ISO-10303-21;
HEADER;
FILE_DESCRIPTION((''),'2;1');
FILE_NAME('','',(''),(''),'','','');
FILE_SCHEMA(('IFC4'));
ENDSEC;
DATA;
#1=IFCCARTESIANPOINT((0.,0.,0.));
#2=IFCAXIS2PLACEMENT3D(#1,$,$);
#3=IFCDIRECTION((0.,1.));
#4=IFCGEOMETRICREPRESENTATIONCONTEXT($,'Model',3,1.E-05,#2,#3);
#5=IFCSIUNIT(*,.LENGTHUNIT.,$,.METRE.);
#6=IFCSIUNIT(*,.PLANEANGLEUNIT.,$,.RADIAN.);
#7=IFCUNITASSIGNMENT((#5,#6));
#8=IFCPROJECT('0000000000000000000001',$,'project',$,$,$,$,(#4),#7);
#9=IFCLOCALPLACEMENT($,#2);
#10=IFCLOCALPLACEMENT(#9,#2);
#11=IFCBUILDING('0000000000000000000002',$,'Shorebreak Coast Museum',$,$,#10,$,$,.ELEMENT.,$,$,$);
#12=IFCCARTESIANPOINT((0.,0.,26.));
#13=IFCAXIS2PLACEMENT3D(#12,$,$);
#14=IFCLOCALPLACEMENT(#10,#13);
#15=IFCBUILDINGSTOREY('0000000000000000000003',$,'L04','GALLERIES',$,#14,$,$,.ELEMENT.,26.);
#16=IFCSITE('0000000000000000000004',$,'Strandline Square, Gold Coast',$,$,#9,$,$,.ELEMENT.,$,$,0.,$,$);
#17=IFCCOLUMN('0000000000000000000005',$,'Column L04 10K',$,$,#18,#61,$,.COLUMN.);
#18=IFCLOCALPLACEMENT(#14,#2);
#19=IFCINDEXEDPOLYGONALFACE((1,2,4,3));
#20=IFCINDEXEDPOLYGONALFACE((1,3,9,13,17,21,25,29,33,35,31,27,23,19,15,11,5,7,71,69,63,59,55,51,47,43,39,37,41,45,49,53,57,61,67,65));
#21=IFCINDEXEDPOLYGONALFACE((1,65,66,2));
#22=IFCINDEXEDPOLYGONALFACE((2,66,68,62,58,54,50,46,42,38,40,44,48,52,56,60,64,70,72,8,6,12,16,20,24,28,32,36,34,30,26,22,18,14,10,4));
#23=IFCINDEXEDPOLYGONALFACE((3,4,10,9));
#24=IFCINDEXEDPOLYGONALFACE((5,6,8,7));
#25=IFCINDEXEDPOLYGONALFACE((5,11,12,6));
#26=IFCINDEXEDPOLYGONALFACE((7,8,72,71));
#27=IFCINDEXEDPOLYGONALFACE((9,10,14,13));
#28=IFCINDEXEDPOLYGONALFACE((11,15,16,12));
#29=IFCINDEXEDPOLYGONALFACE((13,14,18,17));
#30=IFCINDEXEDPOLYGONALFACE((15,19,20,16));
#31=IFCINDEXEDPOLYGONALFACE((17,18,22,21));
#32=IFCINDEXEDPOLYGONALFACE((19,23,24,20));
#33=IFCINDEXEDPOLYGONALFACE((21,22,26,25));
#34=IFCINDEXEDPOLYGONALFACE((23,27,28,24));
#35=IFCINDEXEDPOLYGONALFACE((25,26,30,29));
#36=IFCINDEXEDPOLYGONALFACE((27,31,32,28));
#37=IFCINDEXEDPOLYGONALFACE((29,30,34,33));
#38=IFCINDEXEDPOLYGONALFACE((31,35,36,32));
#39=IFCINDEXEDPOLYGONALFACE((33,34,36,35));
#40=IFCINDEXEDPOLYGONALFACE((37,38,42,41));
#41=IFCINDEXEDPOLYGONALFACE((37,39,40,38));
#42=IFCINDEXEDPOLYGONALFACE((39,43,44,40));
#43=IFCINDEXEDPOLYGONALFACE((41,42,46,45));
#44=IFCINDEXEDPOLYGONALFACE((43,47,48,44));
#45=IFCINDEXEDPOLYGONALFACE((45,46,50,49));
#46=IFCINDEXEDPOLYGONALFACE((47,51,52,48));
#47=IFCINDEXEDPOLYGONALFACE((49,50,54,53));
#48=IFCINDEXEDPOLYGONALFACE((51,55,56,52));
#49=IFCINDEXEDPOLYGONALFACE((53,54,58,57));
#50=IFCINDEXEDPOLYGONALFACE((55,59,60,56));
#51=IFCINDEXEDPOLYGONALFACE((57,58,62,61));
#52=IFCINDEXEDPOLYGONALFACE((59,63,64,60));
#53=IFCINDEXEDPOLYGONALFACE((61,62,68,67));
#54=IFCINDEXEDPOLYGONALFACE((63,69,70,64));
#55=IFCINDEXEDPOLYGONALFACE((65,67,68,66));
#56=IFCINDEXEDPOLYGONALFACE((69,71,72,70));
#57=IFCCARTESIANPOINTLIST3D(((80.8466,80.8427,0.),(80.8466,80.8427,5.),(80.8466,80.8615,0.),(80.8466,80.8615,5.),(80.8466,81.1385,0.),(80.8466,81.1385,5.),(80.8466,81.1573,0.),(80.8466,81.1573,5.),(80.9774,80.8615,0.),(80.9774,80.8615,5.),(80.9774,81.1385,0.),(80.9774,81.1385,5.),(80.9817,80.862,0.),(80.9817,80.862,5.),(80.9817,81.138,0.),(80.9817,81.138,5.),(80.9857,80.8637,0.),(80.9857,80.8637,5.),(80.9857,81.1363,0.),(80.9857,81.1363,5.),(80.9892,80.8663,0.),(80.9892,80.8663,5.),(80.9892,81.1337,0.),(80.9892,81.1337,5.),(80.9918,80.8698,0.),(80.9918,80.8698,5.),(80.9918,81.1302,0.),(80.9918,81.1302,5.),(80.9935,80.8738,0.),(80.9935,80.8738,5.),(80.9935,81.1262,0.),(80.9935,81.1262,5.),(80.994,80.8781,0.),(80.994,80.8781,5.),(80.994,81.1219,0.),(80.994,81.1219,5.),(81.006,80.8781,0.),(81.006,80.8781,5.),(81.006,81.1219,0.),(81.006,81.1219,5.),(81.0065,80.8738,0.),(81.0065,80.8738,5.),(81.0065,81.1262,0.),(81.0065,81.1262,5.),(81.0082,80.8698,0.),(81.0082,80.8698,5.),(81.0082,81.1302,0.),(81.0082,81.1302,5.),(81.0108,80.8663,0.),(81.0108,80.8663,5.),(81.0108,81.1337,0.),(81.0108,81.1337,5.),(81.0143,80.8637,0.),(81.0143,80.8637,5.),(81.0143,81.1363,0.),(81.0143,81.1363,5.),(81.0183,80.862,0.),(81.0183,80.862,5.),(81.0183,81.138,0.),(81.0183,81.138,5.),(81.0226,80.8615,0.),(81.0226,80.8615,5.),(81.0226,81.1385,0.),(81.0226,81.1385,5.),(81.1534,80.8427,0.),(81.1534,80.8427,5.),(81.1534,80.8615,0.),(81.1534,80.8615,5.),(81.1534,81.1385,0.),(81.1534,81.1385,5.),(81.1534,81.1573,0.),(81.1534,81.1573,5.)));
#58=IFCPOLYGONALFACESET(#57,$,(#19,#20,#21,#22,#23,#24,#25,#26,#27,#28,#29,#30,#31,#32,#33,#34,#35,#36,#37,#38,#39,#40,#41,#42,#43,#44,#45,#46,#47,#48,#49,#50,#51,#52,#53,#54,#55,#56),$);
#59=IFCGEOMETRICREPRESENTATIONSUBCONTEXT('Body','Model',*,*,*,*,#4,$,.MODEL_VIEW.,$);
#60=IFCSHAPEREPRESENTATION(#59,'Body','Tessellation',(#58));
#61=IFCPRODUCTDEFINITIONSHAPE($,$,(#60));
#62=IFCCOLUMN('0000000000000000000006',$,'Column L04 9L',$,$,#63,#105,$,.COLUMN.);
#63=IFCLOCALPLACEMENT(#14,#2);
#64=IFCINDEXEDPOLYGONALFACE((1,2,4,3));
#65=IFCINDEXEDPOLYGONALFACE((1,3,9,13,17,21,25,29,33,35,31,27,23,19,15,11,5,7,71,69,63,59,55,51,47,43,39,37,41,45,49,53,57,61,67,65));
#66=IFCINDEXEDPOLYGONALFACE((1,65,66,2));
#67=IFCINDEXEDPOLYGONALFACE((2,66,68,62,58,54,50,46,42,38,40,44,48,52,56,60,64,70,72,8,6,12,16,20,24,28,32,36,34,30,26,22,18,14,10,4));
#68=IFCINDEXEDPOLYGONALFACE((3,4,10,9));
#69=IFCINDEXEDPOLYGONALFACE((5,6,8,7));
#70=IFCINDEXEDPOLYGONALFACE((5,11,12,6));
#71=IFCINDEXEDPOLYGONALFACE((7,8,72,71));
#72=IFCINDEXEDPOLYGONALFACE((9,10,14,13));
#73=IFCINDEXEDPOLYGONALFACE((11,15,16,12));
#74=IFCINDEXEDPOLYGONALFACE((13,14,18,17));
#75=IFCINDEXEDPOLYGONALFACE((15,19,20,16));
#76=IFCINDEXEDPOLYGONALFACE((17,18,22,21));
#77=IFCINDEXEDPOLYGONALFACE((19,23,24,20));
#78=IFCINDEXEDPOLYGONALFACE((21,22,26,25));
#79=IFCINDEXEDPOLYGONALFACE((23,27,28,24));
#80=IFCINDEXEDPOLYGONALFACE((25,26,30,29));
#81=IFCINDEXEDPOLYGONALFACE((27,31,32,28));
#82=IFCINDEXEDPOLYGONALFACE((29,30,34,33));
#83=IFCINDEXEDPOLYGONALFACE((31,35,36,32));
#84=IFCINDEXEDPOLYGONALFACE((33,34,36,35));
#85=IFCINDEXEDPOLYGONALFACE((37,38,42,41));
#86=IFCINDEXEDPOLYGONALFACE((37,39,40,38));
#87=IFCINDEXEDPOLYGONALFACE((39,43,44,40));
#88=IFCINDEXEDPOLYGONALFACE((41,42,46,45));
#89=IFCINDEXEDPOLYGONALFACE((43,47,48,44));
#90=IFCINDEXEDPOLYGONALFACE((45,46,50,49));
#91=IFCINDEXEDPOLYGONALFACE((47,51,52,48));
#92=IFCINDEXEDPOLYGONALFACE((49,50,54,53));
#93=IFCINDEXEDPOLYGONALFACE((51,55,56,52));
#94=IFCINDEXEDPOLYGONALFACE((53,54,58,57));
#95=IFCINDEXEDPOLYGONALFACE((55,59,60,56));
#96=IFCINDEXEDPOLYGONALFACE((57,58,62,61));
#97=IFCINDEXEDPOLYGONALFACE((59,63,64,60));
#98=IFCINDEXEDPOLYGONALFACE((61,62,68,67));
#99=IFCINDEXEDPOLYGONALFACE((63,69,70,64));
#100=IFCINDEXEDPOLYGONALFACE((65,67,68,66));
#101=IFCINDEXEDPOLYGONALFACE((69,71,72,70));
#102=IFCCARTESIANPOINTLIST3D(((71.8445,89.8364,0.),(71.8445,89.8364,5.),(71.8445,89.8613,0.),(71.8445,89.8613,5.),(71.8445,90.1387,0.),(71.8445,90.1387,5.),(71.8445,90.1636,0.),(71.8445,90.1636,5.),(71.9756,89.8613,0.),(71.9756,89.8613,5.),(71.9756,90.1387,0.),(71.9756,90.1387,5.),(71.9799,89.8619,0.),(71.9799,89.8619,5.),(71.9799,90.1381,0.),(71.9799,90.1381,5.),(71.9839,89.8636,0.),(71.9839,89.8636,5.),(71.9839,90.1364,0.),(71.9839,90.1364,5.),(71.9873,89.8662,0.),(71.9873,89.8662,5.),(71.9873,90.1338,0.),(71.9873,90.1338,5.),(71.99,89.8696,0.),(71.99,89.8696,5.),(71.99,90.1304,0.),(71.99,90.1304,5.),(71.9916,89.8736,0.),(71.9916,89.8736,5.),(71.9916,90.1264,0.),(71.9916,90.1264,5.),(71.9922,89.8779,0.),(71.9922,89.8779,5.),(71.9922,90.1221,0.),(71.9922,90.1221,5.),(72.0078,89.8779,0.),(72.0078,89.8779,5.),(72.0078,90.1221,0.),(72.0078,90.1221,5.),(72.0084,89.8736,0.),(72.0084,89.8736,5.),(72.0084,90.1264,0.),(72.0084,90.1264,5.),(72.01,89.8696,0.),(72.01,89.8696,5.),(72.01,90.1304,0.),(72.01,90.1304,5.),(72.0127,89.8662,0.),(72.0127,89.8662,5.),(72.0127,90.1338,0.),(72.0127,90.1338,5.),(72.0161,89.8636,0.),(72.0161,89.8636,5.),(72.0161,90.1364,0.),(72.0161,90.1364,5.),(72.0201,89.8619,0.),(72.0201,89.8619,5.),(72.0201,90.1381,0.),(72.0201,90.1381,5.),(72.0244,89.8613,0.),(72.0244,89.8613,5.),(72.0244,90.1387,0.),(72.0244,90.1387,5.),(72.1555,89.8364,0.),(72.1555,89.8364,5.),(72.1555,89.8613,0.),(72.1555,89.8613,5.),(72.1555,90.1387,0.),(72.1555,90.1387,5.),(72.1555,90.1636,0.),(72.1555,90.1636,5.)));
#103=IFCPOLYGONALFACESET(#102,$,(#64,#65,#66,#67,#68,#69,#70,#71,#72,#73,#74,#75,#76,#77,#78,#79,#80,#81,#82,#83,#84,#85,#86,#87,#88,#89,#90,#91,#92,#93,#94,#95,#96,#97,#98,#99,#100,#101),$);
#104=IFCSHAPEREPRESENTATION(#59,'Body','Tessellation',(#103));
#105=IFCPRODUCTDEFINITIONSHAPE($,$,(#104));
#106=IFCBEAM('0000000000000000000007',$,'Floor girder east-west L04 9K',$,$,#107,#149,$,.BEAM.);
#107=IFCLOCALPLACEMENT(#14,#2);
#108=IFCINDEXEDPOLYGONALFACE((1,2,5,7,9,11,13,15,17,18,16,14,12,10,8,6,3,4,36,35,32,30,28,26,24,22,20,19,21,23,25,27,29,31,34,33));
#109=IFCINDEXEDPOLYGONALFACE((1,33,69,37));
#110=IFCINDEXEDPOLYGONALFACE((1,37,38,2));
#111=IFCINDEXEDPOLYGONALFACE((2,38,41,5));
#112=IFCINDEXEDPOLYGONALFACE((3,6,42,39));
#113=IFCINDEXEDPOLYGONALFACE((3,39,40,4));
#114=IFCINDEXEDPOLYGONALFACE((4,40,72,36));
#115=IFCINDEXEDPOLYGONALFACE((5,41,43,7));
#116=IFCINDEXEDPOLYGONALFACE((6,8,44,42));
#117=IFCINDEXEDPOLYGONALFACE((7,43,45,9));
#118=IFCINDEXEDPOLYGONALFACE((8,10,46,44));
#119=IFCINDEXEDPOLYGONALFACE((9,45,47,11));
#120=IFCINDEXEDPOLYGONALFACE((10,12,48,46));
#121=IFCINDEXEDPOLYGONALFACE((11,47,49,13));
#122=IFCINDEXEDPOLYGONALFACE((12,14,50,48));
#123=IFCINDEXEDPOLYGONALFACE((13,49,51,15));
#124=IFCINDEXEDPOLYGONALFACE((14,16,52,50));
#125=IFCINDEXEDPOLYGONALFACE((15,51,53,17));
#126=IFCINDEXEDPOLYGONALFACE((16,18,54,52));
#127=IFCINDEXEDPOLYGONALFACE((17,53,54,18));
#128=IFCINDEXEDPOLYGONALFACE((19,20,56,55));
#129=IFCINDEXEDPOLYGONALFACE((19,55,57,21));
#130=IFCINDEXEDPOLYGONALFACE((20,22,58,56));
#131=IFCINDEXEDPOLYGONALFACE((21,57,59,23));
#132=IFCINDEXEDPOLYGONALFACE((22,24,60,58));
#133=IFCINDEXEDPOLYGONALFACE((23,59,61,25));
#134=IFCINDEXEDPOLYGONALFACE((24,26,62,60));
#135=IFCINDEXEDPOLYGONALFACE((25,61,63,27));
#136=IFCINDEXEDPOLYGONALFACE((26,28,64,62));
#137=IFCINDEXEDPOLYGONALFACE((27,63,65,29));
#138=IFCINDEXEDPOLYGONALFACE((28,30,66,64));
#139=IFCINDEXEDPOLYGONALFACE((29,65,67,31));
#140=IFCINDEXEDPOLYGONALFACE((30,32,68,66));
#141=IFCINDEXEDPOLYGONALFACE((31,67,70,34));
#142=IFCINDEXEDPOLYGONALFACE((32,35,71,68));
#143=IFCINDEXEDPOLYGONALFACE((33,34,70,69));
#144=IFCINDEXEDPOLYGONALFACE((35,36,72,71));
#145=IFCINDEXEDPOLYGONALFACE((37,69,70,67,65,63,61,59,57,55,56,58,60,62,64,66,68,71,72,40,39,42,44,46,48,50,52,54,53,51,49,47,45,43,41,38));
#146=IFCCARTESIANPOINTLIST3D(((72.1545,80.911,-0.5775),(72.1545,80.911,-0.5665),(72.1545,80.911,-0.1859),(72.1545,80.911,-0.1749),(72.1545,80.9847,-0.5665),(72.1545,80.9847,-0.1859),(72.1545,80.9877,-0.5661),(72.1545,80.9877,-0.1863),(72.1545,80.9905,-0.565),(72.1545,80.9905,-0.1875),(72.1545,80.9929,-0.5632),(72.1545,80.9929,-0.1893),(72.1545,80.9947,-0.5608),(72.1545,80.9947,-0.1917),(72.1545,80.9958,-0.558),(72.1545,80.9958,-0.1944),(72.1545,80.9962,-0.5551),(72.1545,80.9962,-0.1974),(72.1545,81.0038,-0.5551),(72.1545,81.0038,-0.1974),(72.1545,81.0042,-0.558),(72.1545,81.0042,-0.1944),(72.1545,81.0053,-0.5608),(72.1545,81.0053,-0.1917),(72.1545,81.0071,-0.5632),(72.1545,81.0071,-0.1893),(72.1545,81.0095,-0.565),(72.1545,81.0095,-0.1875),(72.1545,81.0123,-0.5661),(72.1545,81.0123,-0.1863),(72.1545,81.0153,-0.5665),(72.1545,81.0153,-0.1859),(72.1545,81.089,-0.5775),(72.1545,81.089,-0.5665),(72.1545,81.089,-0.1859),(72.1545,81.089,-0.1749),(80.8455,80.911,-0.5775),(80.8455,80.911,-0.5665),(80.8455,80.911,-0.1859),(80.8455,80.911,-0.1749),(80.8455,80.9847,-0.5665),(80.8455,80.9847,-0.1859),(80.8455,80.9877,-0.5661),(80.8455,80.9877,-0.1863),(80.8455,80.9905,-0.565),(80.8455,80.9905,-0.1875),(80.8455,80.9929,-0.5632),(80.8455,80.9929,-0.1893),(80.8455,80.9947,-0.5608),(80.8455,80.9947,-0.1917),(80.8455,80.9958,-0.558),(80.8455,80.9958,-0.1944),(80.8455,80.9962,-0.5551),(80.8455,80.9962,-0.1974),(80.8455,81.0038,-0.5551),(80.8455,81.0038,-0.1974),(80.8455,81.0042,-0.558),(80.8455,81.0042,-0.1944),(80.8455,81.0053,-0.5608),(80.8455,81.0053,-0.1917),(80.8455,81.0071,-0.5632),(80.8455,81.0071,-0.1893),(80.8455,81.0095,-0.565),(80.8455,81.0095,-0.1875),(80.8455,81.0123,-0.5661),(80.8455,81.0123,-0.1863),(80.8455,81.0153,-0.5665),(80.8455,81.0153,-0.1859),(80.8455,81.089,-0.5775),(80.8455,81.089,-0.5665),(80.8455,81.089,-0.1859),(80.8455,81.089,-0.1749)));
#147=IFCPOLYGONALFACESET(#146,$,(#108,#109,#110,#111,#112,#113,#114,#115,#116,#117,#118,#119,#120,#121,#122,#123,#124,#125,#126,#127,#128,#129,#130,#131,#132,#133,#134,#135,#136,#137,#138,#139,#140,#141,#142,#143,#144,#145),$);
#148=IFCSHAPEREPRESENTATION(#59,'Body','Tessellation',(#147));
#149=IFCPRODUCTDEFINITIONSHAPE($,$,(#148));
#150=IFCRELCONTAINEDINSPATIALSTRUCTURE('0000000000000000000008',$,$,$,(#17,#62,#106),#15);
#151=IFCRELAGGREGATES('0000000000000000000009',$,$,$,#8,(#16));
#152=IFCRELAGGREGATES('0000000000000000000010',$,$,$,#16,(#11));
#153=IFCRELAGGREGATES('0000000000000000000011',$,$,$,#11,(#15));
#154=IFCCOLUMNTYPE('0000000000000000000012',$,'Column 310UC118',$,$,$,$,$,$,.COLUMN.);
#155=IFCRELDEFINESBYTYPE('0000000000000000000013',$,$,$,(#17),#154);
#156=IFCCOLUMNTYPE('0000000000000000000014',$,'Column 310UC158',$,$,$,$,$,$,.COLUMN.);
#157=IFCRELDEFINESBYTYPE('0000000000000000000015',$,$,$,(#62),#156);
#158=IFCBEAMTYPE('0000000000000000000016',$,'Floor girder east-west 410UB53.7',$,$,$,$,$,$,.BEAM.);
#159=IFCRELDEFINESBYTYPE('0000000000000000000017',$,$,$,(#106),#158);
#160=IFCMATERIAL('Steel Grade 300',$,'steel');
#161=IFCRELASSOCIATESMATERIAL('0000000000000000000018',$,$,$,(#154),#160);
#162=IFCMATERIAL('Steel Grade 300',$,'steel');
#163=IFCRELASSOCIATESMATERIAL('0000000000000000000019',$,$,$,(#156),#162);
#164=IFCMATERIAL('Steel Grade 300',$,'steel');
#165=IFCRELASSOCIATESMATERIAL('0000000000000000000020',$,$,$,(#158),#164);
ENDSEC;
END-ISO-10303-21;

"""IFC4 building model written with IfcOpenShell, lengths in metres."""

from ifc_helpers import new_model, si_unit, direction, frame, origin, origin_2d, place, context, subcontext, project, spatial, i_section, extrude, material, material_profile, profile_set, type_object, element, save


model = new_model("IFC4")

# Units and contexts
model_context = context("Model", 3, precision=1e-05, world=origin(), true_north=direction((0.0, 1.0)))
body_context = subcontext(model_context, "Body", "Model", "MODEL_VIEW")
ifc_project = project(units=[si_unit("LENGTHUNIT", "METRE"), si_unit("PLANEANGLEUNIT", "RADIAN")], contexts=[model_context])

# Site, building, storey
site_placement = place(None, origin())
site = spatial("IfcSite", under=ifc_project, at=site_placement, Name="Strandline Square, Gold Coast", CompositionType="ELEMENT", RefElevation=0.0)
building_placement = place(site_placement, origin())
building = spatial("IfcBuilding", under=site, at=building_placement, Name="Shorebreak Coast Museum", CompositionType="ELEMENT")
storey_placement = place(building_placement, frame((0.0, 0.0, 26.0)))
storey = spatial("IfcBuildingStorey", under=building, at=storey_placement, Name="L04", Description="GALLERIES", CompositionType="ELEMENT", Elevation=26.0)

# Columns
ifc_material_1 = material(Name="Steel Grade 300", Category="steel")
ifc_material_profile_1 = material_profile(ifc_material_1, i_section(OverallWidth=0.3069, OverallDepth=0.3147, WebThickness=0.012, FlangeThickness=0.0188, FilletRadius=0.0166, at=origin_2d()), Name="310UC118")
ifc_profile_set_1 = profile_set([ifc_material_profile_1], Name="Steel Grade 300")
column_type_1 = type_object("IfcColumnType", Name="Column 310UC118", PredefinedType="COLUMN", material=ifc_profile_set_1)
column_1_placement = place(storey_placement, frame((81.0, 81.0, 0.0), z_axis=(0.0, 0.0, 1.0), x_axis=(1.0, 0.0, 0.0)))
element("IfcColumn", 1, at=column_1_placement, inside=storey, type_object=column_type_1, Name="Column L04 10K", PredefinedType="COLUMN", context=body_context, shape_type="SweptSolid", body=[
    extrude(i_section(OverallWidth=0.3069, OverallDepth=0.3147, WebThickness=0.012, FlangeThickness=0.0188, FilletRadius=0.0166, at=origin_2d()), origin(), (0.0, 0.0, 1.0), 5.0),
])
ifc_material_2 = material(Name="Steel Grade 300", Category="steel")
ifc_material_profile_2 = material_profile(ifc_material_2, i_section(OverallWidth=0.311, OverallDepth=0.3271, WebThickness=0.0156, FlangeThickness=0.0249, FilletRadius=0.0166, at=origin_2d()), Name="310UC158")
ifc_profile_set_2 = profile_set([ifc_material_profile_2], Name="Steel Grade 300")
column_type_2 = type_object("IfcColumnType", Name="Column 310UC158", PredefinedType="COLUMN", material=ifc_profile_set_2)
column_2_placement = place(storey_placement, frame((72.0, 90.0, 0.0), z_axis=(0.0, 0.0, 1.0), x_axis=(1.0, 0.0, 0.0)))
element("IfcColumn", 2, at=column_2_placement, inside=storey, type_object=column_type_2, Name="Column L04 9L", PredefinedType="COLUMN", context=body_context, shape_type="SweptSolid", body=[
    extrude(i_section(OverallWidth=0.311, OverallDepth=0.3271, WebThickness=0.0156, FlangeThickness=0.0249, FilletRadius=0.0166, at=origin_2d()), origin(), (0.0, 0.0, 1.0), 5.0),
])

# Beam
ifc_material_3 = material(Name="Steel Grade 300", Category="steel")
ifc_material_profile_3 = material_profile(ifc_material_3, i_section(OverallWidth=0.178, OverallDepth=0.4026, WebThickness=0.0076, FlangeThickness=0.011, FilletRadius=0.0115, at=origin_2d()), Name="410UB53.7")
ifc_profile_set_3 = profile_set([ifc_material_profile_3], Name="Steel Grade 300")
beam_type_1 = type_object("IfcBeamType", Name="Floor girder east-west 410UB53.7", PredefinedType="BEAM", material=ifc_profile_set_3)
beam_placement = place(storey_placement, frame((72.1545, 81.0, -0.3762), z_axis=(1.0, 0.0, 0.0), x_axis=(0.0, 1.0, 0.0)))
element("IfcBeam", 3, at=beam_placement, inside=storey, type_object=beam_type_1, Name="Floor girder east-west L04 9K", PredefinedType="BEAM", context=body_context, shape_type="SweptSolid", body=[
    extrude(i_section(OverallWidth=0.178, OverallDepth=0.4026, WebThickness=0.0076, FlangeThickness=0.011, FilletRadius=0.0115, at=origin_2d()), origin(), (0.0, 0.0, 1.0), 8.6909),
])

save(model, "model.ifc")
